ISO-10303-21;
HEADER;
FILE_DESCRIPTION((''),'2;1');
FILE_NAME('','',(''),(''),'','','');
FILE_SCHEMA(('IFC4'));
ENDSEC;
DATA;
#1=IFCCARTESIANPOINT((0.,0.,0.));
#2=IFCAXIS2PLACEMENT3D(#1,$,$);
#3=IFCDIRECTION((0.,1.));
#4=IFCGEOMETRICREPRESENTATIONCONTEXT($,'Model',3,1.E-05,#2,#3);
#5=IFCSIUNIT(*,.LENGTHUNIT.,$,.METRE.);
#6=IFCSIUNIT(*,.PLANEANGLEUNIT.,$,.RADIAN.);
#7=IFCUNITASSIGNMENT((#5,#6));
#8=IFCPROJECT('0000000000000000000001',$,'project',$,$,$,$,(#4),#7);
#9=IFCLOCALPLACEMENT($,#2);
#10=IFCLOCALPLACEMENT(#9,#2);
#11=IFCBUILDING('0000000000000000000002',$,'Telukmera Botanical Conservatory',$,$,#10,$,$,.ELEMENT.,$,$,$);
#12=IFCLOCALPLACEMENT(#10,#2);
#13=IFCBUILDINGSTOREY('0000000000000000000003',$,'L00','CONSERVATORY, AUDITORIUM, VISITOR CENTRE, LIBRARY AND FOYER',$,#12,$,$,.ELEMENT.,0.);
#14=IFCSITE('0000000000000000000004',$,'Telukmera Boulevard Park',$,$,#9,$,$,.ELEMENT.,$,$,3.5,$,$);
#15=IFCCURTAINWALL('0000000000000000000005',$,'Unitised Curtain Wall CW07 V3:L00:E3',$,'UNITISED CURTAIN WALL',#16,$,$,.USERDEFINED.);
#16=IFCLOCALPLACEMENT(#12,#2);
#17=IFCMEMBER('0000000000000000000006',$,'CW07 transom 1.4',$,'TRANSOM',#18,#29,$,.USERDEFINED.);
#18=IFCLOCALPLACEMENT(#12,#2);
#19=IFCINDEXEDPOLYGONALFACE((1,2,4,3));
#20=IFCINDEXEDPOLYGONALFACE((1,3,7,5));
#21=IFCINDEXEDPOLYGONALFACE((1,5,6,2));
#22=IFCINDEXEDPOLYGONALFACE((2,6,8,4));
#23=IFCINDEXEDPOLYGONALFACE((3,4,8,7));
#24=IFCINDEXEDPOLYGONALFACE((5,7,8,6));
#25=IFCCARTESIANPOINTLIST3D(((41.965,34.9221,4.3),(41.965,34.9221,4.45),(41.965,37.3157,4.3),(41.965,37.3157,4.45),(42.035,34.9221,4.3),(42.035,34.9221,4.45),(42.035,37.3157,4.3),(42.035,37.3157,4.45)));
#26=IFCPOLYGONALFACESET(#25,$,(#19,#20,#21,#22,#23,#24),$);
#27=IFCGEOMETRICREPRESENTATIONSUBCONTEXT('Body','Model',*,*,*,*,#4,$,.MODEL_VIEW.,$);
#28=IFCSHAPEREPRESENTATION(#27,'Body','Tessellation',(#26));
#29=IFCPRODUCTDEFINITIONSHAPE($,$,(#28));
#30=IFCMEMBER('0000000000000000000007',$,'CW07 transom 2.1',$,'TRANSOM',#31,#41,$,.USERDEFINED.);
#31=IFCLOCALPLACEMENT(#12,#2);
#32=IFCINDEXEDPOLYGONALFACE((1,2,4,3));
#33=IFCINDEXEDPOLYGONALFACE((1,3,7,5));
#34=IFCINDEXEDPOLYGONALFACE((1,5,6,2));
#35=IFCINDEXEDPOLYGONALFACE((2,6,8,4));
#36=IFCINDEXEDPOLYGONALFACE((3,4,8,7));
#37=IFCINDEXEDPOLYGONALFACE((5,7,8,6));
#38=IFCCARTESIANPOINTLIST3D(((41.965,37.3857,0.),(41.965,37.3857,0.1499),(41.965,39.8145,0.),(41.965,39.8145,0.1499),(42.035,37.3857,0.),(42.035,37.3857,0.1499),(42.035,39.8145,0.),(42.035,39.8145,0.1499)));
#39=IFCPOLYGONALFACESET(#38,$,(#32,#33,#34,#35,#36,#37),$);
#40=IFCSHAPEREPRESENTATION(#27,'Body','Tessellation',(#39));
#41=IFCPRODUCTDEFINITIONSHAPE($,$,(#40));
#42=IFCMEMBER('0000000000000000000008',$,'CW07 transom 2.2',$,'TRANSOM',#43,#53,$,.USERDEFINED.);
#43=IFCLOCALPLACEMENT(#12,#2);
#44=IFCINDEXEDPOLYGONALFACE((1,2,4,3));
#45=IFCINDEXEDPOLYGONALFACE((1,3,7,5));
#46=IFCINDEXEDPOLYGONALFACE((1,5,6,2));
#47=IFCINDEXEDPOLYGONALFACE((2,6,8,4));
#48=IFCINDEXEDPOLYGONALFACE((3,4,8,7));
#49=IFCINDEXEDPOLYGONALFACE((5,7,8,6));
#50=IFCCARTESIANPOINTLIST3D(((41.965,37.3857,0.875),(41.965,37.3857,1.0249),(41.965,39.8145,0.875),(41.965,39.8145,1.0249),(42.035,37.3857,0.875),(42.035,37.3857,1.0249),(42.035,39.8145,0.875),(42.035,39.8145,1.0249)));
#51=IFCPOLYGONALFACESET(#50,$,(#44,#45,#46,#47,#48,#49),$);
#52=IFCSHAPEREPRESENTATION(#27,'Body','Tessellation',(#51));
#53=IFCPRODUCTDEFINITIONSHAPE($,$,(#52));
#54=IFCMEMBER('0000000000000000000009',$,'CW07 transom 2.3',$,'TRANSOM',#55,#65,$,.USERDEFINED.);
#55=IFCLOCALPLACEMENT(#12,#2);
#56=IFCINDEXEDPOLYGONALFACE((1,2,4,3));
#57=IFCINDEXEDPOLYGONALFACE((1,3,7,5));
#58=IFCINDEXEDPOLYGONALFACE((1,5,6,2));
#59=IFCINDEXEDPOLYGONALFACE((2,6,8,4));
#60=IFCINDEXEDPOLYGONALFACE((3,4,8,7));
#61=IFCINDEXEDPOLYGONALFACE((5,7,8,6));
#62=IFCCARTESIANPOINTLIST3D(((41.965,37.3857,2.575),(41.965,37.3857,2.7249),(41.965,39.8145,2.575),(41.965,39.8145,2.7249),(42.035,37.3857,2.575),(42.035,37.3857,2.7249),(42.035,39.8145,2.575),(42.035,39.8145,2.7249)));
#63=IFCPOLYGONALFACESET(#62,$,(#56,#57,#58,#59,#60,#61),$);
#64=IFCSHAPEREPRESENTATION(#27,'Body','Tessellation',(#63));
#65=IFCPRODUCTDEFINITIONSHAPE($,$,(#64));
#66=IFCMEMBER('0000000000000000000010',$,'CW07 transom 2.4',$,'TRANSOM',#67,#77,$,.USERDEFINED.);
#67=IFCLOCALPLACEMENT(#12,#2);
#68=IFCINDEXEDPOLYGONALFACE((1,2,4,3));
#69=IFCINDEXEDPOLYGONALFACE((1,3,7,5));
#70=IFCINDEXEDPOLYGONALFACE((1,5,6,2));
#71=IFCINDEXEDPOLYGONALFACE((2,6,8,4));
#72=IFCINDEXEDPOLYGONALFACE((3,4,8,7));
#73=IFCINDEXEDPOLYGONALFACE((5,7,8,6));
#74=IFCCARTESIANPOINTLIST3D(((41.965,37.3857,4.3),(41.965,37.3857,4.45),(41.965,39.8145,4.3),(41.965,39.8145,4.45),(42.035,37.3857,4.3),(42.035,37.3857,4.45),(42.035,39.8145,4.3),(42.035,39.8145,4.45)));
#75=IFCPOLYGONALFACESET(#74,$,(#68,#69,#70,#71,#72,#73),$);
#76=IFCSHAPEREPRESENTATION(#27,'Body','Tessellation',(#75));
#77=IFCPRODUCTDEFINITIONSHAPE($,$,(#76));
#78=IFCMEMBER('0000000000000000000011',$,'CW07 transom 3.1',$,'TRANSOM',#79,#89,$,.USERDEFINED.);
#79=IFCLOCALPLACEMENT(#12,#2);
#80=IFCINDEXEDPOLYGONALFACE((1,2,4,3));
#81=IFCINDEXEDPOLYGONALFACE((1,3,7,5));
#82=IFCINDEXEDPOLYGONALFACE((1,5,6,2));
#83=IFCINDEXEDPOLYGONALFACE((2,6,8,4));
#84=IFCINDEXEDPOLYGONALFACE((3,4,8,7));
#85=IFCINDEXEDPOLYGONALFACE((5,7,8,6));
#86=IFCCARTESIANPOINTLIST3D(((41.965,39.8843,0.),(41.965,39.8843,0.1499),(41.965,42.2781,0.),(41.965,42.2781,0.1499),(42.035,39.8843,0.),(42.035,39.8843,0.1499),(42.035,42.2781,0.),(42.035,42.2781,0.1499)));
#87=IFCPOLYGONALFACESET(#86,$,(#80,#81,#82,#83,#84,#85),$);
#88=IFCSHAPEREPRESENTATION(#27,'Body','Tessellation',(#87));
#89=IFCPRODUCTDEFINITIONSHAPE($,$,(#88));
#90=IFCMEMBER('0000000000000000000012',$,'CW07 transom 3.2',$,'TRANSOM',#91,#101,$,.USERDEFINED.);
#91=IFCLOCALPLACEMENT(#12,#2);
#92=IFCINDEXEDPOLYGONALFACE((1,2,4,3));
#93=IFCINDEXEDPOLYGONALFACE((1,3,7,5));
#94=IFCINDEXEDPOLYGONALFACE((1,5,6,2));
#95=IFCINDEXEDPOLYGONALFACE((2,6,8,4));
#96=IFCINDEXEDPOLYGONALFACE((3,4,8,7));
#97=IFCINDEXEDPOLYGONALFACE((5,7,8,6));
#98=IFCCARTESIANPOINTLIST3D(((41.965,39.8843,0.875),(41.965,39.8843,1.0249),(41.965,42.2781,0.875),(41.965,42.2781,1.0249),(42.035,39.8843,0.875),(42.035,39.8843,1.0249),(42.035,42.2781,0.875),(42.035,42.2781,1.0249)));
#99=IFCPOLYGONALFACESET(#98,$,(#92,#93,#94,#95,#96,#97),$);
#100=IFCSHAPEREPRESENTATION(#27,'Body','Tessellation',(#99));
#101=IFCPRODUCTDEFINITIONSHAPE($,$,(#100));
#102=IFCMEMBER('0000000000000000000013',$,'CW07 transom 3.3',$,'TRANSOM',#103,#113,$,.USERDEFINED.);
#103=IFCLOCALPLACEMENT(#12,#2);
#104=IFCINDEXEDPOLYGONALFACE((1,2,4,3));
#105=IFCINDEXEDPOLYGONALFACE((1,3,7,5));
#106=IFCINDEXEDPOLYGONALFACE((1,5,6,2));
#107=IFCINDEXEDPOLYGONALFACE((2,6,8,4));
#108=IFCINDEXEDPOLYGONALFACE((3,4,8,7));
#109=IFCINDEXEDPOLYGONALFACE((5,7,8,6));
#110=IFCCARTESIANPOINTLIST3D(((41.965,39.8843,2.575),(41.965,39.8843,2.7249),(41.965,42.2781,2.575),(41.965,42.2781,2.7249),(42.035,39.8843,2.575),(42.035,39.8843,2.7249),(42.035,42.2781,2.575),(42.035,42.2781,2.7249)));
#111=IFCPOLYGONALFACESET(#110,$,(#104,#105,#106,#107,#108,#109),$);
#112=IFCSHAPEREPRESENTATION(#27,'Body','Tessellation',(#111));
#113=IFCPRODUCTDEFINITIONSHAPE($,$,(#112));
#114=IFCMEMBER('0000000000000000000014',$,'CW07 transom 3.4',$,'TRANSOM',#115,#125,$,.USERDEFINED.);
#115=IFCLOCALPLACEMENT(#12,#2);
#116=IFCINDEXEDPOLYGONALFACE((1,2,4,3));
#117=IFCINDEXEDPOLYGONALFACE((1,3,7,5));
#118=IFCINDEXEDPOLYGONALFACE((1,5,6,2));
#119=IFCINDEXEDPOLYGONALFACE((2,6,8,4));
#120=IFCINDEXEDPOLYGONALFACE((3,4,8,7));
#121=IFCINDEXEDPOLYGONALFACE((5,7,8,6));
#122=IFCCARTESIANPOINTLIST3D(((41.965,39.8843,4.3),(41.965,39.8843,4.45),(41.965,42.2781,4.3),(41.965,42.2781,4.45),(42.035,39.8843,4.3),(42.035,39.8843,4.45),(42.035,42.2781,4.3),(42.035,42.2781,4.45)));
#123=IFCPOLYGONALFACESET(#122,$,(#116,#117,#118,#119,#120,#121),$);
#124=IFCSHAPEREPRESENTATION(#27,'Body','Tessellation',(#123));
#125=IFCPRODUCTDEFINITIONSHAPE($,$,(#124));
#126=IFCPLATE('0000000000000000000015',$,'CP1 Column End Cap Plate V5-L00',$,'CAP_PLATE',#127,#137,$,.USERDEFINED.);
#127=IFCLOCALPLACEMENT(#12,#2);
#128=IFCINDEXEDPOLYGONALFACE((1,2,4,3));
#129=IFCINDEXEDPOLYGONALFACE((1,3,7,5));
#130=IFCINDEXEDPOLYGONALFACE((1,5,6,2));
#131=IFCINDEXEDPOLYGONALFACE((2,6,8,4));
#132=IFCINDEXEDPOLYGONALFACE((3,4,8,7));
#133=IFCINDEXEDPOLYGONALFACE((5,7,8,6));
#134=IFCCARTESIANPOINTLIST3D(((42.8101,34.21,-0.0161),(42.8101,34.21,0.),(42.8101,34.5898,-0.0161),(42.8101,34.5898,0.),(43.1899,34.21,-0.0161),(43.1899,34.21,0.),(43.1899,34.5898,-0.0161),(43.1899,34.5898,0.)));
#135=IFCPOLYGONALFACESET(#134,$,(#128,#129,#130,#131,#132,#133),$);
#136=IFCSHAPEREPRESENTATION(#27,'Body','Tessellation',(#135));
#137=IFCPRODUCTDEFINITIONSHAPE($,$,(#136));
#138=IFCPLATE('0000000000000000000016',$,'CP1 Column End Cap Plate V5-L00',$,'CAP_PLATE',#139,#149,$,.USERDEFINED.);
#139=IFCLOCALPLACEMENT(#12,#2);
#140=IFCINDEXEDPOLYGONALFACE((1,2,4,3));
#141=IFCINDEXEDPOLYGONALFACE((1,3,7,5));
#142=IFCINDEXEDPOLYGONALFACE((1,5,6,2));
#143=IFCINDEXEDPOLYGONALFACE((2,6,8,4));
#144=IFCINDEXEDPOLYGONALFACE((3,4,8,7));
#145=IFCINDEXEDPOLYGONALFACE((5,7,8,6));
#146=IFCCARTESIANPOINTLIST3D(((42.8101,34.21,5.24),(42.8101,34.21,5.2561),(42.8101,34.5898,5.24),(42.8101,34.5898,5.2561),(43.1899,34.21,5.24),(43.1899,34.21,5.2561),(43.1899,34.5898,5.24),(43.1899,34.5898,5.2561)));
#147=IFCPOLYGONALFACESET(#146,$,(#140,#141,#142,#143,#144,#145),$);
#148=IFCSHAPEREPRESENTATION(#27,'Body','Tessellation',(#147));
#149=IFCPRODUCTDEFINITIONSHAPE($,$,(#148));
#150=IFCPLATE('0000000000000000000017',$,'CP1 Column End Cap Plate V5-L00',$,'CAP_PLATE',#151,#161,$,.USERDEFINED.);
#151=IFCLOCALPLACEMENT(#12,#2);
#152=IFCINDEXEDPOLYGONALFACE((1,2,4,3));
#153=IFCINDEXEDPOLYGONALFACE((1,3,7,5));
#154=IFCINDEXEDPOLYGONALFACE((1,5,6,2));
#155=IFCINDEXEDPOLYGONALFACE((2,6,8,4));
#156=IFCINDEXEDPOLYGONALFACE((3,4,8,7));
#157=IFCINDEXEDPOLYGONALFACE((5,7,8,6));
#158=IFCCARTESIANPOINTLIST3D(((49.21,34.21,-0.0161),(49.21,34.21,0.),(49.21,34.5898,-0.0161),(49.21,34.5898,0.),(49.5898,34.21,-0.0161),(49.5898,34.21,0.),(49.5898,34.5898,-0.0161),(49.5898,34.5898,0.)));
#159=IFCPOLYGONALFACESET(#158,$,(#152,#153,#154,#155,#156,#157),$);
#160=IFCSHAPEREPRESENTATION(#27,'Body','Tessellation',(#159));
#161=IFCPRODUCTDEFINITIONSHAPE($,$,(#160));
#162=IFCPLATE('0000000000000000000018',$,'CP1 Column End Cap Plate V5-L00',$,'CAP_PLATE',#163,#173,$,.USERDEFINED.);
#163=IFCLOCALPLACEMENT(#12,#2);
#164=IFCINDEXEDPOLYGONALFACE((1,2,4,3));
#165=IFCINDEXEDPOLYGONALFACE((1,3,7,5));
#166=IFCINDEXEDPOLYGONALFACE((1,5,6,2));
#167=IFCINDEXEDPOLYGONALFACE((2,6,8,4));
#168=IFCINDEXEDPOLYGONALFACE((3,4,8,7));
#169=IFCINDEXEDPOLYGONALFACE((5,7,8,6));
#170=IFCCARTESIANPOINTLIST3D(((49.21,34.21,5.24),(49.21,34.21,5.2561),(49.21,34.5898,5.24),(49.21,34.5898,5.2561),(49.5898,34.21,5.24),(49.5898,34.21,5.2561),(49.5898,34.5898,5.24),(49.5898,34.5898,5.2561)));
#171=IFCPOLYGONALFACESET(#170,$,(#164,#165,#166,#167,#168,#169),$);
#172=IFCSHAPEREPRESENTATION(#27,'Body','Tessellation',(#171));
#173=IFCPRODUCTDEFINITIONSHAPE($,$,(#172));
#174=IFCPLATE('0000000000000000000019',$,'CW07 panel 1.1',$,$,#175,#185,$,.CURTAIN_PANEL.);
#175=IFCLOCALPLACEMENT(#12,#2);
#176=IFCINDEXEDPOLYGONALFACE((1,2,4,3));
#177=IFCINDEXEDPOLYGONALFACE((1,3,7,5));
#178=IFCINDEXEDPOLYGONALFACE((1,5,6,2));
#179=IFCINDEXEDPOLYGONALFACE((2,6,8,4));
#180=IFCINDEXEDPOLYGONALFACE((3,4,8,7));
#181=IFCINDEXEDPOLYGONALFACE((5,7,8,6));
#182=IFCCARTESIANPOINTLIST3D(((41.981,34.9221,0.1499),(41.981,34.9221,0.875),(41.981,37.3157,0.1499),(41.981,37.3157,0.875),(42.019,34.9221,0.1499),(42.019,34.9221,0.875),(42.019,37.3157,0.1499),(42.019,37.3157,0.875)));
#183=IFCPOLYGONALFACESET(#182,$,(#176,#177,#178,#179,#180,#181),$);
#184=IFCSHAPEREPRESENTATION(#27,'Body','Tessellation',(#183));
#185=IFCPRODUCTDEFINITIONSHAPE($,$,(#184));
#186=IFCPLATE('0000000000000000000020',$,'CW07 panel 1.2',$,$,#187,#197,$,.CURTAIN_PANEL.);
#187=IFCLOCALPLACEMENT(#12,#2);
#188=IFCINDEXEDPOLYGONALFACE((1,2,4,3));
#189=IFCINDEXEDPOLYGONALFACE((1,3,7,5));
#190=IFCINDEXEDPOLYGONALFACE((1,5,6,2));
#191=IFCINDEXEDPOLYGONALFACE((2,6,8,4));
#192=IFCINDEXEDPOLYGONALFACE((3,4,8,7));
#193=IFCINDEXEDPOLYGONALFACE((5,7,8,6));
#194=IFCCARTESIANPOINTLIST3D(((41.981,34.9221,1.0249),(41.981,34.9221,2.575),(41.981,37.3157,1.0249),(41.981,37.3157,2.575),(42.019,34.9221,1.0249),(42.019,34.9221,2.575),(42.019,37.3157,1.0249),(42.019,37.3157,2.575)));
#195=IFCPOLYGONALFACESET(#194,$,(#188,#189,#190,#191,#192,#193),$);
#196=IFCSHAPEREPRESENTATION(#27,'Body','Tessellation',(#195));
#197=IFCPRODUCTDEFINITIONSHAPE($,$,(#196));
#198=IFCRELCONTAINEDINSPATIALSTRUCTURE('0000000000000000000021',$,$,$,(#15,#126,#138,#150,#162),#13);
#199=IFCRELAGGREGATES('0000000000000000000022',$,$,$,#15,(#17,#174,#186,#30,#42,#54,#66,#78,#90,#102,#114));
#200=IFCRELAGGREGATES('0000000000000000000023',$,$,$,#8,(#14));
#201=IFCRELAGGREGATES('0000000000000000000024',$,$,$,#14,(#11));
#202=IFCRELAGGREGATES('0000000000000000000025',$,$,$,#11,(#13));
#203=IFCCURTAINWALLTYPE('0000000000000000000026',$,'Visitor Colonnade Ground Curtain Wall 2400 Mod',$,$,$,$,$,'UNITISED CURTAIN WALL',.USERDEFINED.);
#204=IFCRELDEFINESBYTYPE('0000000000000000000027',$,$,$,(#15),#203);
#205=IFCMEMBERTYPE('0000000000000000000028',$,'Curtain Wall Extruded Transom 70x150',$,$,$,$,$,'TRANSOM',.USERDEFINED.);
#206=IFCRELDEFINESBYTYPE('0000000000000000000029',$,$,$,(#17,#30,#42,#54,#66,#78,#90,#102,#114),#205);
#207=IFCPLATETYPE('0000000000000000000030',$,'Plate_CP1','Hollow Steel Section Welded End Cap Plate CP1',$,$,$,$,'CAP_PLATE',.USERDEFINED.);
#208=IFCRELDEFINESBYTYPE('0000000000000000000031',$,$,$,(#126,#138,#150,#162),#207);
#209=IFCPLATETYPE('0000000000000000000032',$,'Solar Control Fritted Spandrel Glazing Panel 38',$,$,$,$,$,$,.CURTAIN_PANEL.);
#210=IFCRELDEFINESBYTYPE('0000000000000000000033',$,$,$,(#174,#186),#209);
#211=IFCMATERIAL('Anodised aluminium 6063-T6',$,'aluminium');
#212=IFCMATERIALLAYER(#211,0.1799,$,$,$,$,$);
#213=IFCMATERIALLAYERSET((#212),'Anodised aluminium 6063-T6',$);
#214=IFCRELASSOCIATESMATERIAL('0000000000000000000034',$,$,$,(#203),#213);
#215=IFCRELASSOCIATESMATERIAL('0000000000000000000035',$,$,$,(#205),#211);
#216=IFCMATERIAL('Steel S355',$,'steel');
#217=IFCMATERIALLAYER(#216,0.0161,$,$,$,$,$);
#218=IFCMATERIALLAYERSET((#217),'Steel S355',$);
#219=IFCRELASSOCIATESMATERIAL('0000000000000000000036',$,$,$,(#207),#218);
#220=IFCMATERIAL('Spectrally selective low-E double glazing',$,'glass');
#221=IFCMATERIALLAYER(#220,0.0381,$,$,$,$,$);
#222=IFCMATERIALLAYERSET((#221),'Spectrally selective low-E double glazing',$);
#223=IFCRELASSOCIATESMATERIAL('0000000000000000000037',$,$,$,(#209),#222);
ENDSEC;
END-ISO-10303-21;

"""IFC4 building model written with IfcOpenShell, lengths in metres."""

from ifc_helpers import new_model, si_unit, direction, frame, origin, origin_2d, place, context, subcontext, project, spatial, rectangle, extrude, material, layer, layer_set, material_profile, profile_set, type_object, element, aggregate, save


model = new_model("IFC4")

# Units and contexts
model_context = context("Model", 3, precision=1e-05, world=origin(), true_north=direction((0.0, 1.0)))
body_context = subcontext(model_context, "Body", "Model", "MODEL_VIEW")
ifc_project = project(units=[si_unit("LENGTHUNIT", "METRE"), si_unit("PLANEANGLEUNIT", "RADIAN")], contexts=[model_context])

# Site, building, storey
site_placement = place(None, origin())
site = spatial("IfcSite", under=ifc_project, at=site_placement, Name="Telukmera Boulevard Park", CompositionType="ELEMENT", RefElevation=3.5)
building_placement = place(site_placement, origin())
building = spatial("IfcBuilding", under=site, at=building_placement, Name="Telukmera Botanical Conservatory", CompositionType="ELEMENT")
storey_placement = place(building_placement, origin())
storey = spatial("IfcBuildingStorey", under=building, at=storey_placement, Name="L00", Description="CONSERVATORY, AUDITORIUM, VISITOR CENTRE, LIBRARY AND FOYER", CompositionType="ELEMENT", Elevation=0.0)

# Shared definitions
ifc_material_1 = material(Name="Steel S355", Category="steel")

# Curtain wall, members
ifc_material_2 = material(Name="Anodised aluminium 6063-T6", Category="aluminium")
ifc_layer_1 = layer(ifc_material_2, 0.1799)
ifc_layer_set_1 = layer_set([ifc_layer_1], Name="Anodised aluminium 6063-T6")
curtain_wall_type = type_object("IfcCurtainWallType", Name="Visitor Colonnade Ground Curtain Wall 2400 Mod", ElementType="UNITISED CURTAIN WALL", PredefinedType="USERDEFINED", material=ifc_layer_set_1)
curtain_wall_placement = place(storey_placement, origin())
curtain_wall = element("IfcCurtainWall", 1, at=curtain_wall_placement, inside=storey, type_object=curtain_wall_type, Name="Unitised Curtain Wall CW07 V3:L00:E3", ObjectType="UNITISED CURTAIN WALL", PredefinedType="USERDEFINED")
ifc_material_profile_1 = material_profile(ifc_material_2, rectangle(XDim=0.0701, YDim=0.1499, at=origin_2d()), Name="ALU TRAN 70x150")
ifc_profile_set_1 = profile_set([ifc_material_profile_1], Name="Anodised aluminium 6063-T6")
member_type_1 = type_object("IfcMemberType", Name="Curtain Wall Extruded Transom 70x150", ElementType="TRANSOM", PredefinedType="USERDEFINED", material=ifc_profile_set_1)
member_1_placement = place(storey_placement, frame((42.0, 34.9221, 4.375), z_axis=(0.0, 1.0, 0.0), x_axis=(-1.0, 0.0, 0.0)))
member_1 = element("IfcMember", 2, at=member_1_placement, type_object=member_type_1, Name="CW07 transom 1.4", ObjectType="TRANSOM", PredefinedType="USERDEFINED", context=body_context, shape_type="SweptSolid", body=[
    extrude(rectangle(XDim=0.0701, YDim=0.1499, at=origin_2d()), origin(), (0.0, 0.0, 1.0), 2.3936),
])
member_2_placement = place(storey_placement, frame((42.0, 37.3857, 0.075), z_axis=(0.0, 1.0, 0.0), x_axis=(-1.0, 0.0, 0.0)))
member_2 = element("IfcMember", 3, at=member_2_placement, type_object=member_type_1, Name="CW07 transom 2.1", ObjectType="TRANSOM", PredefinedType="USERDEFINED", context=body_context, shape_type="SweptSolid", body=[
    extrude(rectangle(XDim=0.0701, YDim=0.1499, at=origin_2d()), origin(), (0.0, 0.0, 1.0), 2.4287),
])
member_3_placement = place(storey_placement, frame((42.0, 37.3857, 0.95), z_axis=(0.0, 1.0, 0.0), x_axis=(-1.0, 0.0, 0.0)))
member_3 = element("IfcMember", 4, at=member_3_placement, type_object=member_type_1, Name="CW07 transom 2.2", ObjectType="TRANSOM", PredefinedType="USERDEFINED", context=body_context, shape_type="SweptSolid", body=[
    extrude(rectangle(XDim=0.0701, YDim=0.1499, at=origin_2d()), origin(), (0.0, 0.0, 1.0), 2.4287),
])
member_4_placement = place(storey_placement, frame((42.0, 37.3857, 2.6499), z_axis=(0.0, 1.0, 0.0), x_axis=(-1.0, 0.0, 0.0)))
member_4 = element("IfcMember", 5, at=member_4_placement, type_object=member_type_1, Name="CW07 transom 2.3", ObjectType="TRANSOM", PredefinedType="USERDEFINED", context=body_context, shape_type="SweptSolid", body=[
    extrude(rectangle(XDim=0.0701, YDim=0.1499, at=origin_2d()), origin(), (0.0, 0.0, 1.0), 2.4287),
])
member_5_placement = place(storey_placement, frame((42.0, 37.3857, 4.375), z_axis=(0.0, 1.0, 0.0), x_axis=(-1.0, 0.0, 0.0)))
member_5 = element("IfcMember", 6, at=member_5_placement, type_object=member_type_1, Name="CW07 transom 2.4", ObjectType="TRANSOM", PredefinedType="USERDEFINED", context=body_context, shape_type="SweptSolid", body=[
    extrude(rectangle(XDim=0.0701, YDim=0.1499, at=origin_2d()), origin(), (0.0, 0.0, 1.0), 2.4287),
])
member_6_placement = place(storey_placement, frame((42.0, 39.8843, 0.075), z_axis=(0.0, 1.0, 0.0), x_axis=(-1.0, 0.0, 0.0)))
member_6 = element("IfcMember", 7, at=member_6_placement, type_object=member_type_1, Name="CW07 transom 3.1", ObjectType="TRANSOM", PredefinedType="USERDEFINED", context=body_context, shape_type="SweptSolid", body=[
    extrude(rectangle(XDim=0.0701, YDim=0.1499, at=origin_2d()), origin(), (0.0, 0.0, 1.0), 2.3938),
])
member_7_placement = place(storey_placement, frame((42.0, 39.8843, 0.95), z_axis=(0.0, 1.0, 0.0), x_axis=(-1.0, 0.0, 0.0)))
member_7 = element("IfcMember", 8, at=member_7_placement, type_object=member_type_1, Name="CW07 transom 3.2", ObjectType="TRANSOM", PredefinedType="USERDEFINED", context=body_context, shape_type="SweptSolid", body=[
    extrude(rectangle(XDim=0.0701, YDim=0.1499, at=origin_2d()), origin(), (0.0, 0.0, 1.0), 2.3938),
])
member_8_placement = place(storey_placement, frame((42.0, 39.8843, 2.6499), z_axis=(0.0, 1.0, 0.0), x_axis=(-1.0, 0.0, 0.0)))
member_8 = element("IfcMember", 9, at=member_8_placement, type_object=member_type_1, Name="CW07 transom 3.3", ObjectType="TRANSOM", PredefinedType="USERDEFINED", context=body_context, shape_type="SweptSolid", body=[
    extrude(rectangle(XDim=0.0701, YDim=0.1499, at=origin_2d()), origin(), (0.0, 0.0, 1.0), 2.3938),
])
member_9_placement = place(storey_placement, frame((42.0, 39.8843, 4.375), z_axis=(0.0, 1.0, 0.0), x_axis=(-1.0, 0.0, 0.0)))
member_9 = element("IfcMember", 10, at=member_9_placement, type_object=member_type_1, Name="CW07 transom 3.4", ObjectType="TRANSOM", PredefinedType="USERDEFINED", context=body_context, shape_type="SweptSolid", body=[
    extrude(rectangle(XDim=0.0701, YDim=0.1499, at=origin_2d()), origin(), (0.0, 0.0, 1.0), 2.3938),
])

# Plates
ifc_layer_2 = layer(ifc_material_1, 0.0161)
ifc_layer_set_2 = layer_set([ifc_layer_2], Name="Steel S355")
plate_type_1 = type_object("IfcPlateType", Name="Plate_CP1", Description="Hollow Steel Section Welded End Cap Plate CP1", ElementType="CAP_PLATE", PredefinedType="USERDEFINED", material=ifc_layer_set_2)
for number, where, z_axis, x_axis, name in (
    (11, (43.0, 34.3999, -0.0161), (0.0, 0.0, 1.0), (1.0, 0.0, 0.0), "CP1 Column End Cap Plate V5-L00"),
    (12, (43.0, 34.3999, 5.24), (0.0, 0.0, 1.0), (1.0, 0.0, 0.0), "CP1 Column End Cap Plate V5-L00"),
    (13, (49.3999, 34.3999, -0.0161), (0.0, 0.0, 1.0), (1.0, 0.0, 0.0), "CP1 Column End Cap Plate V5-L00"),
    (14, (49.3999, 34.3999, 5.24), (0.0, 0.0, 1.0), (1.0, 0.0, 0.0), "CP1 Column End Cap Plate V5-L00"),
):
    element("IfcPlate", number, at=place(storey_placement, frame(where, z_axis=z_axis, x_axis=x_axis)), inside=storey, type_object=plate_type_1, Name=name, ObjectType="CAP_PLATE", PredefinedType="USERDEFINED", context=body_context, shape_type="SweptSolid", body=[
        extrude(rectangle(XDim=0.3799, YDim=0.3799, at=origin_2d()), origin(), (0.0, 0.0, 1.0), 0.0161),
    ])

# Plates
ifc_material_3 = material(Name="Spectrally selective low-E double glazing", Category="glass")
ifc_layer_3 = layer(ifc_material_3, 0.0381)
ifc_layer_set_3 = layer_set([ifc_layer_3], Name="Spectrally selective low-E double glazing")
plate_type_2 = type_object("IfcPlateType", Name="Solar Control Fritted Spandrel Glazing Panel 38", PredefinedType="CURTAIN_PANEL", material=ifc_layer_set_3)
plate_1_placement = place(storey_placement, frame((42.0, 36.1189, 0.1499), z_axis=(0.0, 0.0, 1.0), x_axis=(0.0, 1.0, 0.0)))
plate_1 = element("IfcPlate", 15, at=plate_1_placement, type_object=plate_type_2, Name="CW07 panel 1.1", PredefinedType="CURTAIN_PANEL", context=body_context, shape_type="SweptSolid", body=[
    extrude(rectangle(XDim=2.3936, YDim=0.0381, at=origin_2d()), origin(), (0.0, 0.0, 1.0), 0.7251),
])
plate_2_placement = place(storey_placement, frame((42.0, 36.1189, 1.0249), z_axis=(0.0, 0.0, 1.0), x_axis=(0.0, 1.0, 0.0)))
plate_2 = element("IfcPlate", 16, at=plate_2_placement, type_object=plate_type_2, Name="CW07 panel 1.2", PredefinedType="CURTAIN_PANEL", context=body_context, shape_type="SweptSolid", body=[
    extrude(rectangle(XDim=2.3936, YDim=0.0381, at=origin_2d()), origin(), (0.0, 0.0, 1.0), 1.55),
])
aggregate(curtain_wall, [member_1, plate_1, plate_2, member_2, member_3, member_4, member_5, member_6, member_7, member_8, member_9])

save(model, "model.ifc")
